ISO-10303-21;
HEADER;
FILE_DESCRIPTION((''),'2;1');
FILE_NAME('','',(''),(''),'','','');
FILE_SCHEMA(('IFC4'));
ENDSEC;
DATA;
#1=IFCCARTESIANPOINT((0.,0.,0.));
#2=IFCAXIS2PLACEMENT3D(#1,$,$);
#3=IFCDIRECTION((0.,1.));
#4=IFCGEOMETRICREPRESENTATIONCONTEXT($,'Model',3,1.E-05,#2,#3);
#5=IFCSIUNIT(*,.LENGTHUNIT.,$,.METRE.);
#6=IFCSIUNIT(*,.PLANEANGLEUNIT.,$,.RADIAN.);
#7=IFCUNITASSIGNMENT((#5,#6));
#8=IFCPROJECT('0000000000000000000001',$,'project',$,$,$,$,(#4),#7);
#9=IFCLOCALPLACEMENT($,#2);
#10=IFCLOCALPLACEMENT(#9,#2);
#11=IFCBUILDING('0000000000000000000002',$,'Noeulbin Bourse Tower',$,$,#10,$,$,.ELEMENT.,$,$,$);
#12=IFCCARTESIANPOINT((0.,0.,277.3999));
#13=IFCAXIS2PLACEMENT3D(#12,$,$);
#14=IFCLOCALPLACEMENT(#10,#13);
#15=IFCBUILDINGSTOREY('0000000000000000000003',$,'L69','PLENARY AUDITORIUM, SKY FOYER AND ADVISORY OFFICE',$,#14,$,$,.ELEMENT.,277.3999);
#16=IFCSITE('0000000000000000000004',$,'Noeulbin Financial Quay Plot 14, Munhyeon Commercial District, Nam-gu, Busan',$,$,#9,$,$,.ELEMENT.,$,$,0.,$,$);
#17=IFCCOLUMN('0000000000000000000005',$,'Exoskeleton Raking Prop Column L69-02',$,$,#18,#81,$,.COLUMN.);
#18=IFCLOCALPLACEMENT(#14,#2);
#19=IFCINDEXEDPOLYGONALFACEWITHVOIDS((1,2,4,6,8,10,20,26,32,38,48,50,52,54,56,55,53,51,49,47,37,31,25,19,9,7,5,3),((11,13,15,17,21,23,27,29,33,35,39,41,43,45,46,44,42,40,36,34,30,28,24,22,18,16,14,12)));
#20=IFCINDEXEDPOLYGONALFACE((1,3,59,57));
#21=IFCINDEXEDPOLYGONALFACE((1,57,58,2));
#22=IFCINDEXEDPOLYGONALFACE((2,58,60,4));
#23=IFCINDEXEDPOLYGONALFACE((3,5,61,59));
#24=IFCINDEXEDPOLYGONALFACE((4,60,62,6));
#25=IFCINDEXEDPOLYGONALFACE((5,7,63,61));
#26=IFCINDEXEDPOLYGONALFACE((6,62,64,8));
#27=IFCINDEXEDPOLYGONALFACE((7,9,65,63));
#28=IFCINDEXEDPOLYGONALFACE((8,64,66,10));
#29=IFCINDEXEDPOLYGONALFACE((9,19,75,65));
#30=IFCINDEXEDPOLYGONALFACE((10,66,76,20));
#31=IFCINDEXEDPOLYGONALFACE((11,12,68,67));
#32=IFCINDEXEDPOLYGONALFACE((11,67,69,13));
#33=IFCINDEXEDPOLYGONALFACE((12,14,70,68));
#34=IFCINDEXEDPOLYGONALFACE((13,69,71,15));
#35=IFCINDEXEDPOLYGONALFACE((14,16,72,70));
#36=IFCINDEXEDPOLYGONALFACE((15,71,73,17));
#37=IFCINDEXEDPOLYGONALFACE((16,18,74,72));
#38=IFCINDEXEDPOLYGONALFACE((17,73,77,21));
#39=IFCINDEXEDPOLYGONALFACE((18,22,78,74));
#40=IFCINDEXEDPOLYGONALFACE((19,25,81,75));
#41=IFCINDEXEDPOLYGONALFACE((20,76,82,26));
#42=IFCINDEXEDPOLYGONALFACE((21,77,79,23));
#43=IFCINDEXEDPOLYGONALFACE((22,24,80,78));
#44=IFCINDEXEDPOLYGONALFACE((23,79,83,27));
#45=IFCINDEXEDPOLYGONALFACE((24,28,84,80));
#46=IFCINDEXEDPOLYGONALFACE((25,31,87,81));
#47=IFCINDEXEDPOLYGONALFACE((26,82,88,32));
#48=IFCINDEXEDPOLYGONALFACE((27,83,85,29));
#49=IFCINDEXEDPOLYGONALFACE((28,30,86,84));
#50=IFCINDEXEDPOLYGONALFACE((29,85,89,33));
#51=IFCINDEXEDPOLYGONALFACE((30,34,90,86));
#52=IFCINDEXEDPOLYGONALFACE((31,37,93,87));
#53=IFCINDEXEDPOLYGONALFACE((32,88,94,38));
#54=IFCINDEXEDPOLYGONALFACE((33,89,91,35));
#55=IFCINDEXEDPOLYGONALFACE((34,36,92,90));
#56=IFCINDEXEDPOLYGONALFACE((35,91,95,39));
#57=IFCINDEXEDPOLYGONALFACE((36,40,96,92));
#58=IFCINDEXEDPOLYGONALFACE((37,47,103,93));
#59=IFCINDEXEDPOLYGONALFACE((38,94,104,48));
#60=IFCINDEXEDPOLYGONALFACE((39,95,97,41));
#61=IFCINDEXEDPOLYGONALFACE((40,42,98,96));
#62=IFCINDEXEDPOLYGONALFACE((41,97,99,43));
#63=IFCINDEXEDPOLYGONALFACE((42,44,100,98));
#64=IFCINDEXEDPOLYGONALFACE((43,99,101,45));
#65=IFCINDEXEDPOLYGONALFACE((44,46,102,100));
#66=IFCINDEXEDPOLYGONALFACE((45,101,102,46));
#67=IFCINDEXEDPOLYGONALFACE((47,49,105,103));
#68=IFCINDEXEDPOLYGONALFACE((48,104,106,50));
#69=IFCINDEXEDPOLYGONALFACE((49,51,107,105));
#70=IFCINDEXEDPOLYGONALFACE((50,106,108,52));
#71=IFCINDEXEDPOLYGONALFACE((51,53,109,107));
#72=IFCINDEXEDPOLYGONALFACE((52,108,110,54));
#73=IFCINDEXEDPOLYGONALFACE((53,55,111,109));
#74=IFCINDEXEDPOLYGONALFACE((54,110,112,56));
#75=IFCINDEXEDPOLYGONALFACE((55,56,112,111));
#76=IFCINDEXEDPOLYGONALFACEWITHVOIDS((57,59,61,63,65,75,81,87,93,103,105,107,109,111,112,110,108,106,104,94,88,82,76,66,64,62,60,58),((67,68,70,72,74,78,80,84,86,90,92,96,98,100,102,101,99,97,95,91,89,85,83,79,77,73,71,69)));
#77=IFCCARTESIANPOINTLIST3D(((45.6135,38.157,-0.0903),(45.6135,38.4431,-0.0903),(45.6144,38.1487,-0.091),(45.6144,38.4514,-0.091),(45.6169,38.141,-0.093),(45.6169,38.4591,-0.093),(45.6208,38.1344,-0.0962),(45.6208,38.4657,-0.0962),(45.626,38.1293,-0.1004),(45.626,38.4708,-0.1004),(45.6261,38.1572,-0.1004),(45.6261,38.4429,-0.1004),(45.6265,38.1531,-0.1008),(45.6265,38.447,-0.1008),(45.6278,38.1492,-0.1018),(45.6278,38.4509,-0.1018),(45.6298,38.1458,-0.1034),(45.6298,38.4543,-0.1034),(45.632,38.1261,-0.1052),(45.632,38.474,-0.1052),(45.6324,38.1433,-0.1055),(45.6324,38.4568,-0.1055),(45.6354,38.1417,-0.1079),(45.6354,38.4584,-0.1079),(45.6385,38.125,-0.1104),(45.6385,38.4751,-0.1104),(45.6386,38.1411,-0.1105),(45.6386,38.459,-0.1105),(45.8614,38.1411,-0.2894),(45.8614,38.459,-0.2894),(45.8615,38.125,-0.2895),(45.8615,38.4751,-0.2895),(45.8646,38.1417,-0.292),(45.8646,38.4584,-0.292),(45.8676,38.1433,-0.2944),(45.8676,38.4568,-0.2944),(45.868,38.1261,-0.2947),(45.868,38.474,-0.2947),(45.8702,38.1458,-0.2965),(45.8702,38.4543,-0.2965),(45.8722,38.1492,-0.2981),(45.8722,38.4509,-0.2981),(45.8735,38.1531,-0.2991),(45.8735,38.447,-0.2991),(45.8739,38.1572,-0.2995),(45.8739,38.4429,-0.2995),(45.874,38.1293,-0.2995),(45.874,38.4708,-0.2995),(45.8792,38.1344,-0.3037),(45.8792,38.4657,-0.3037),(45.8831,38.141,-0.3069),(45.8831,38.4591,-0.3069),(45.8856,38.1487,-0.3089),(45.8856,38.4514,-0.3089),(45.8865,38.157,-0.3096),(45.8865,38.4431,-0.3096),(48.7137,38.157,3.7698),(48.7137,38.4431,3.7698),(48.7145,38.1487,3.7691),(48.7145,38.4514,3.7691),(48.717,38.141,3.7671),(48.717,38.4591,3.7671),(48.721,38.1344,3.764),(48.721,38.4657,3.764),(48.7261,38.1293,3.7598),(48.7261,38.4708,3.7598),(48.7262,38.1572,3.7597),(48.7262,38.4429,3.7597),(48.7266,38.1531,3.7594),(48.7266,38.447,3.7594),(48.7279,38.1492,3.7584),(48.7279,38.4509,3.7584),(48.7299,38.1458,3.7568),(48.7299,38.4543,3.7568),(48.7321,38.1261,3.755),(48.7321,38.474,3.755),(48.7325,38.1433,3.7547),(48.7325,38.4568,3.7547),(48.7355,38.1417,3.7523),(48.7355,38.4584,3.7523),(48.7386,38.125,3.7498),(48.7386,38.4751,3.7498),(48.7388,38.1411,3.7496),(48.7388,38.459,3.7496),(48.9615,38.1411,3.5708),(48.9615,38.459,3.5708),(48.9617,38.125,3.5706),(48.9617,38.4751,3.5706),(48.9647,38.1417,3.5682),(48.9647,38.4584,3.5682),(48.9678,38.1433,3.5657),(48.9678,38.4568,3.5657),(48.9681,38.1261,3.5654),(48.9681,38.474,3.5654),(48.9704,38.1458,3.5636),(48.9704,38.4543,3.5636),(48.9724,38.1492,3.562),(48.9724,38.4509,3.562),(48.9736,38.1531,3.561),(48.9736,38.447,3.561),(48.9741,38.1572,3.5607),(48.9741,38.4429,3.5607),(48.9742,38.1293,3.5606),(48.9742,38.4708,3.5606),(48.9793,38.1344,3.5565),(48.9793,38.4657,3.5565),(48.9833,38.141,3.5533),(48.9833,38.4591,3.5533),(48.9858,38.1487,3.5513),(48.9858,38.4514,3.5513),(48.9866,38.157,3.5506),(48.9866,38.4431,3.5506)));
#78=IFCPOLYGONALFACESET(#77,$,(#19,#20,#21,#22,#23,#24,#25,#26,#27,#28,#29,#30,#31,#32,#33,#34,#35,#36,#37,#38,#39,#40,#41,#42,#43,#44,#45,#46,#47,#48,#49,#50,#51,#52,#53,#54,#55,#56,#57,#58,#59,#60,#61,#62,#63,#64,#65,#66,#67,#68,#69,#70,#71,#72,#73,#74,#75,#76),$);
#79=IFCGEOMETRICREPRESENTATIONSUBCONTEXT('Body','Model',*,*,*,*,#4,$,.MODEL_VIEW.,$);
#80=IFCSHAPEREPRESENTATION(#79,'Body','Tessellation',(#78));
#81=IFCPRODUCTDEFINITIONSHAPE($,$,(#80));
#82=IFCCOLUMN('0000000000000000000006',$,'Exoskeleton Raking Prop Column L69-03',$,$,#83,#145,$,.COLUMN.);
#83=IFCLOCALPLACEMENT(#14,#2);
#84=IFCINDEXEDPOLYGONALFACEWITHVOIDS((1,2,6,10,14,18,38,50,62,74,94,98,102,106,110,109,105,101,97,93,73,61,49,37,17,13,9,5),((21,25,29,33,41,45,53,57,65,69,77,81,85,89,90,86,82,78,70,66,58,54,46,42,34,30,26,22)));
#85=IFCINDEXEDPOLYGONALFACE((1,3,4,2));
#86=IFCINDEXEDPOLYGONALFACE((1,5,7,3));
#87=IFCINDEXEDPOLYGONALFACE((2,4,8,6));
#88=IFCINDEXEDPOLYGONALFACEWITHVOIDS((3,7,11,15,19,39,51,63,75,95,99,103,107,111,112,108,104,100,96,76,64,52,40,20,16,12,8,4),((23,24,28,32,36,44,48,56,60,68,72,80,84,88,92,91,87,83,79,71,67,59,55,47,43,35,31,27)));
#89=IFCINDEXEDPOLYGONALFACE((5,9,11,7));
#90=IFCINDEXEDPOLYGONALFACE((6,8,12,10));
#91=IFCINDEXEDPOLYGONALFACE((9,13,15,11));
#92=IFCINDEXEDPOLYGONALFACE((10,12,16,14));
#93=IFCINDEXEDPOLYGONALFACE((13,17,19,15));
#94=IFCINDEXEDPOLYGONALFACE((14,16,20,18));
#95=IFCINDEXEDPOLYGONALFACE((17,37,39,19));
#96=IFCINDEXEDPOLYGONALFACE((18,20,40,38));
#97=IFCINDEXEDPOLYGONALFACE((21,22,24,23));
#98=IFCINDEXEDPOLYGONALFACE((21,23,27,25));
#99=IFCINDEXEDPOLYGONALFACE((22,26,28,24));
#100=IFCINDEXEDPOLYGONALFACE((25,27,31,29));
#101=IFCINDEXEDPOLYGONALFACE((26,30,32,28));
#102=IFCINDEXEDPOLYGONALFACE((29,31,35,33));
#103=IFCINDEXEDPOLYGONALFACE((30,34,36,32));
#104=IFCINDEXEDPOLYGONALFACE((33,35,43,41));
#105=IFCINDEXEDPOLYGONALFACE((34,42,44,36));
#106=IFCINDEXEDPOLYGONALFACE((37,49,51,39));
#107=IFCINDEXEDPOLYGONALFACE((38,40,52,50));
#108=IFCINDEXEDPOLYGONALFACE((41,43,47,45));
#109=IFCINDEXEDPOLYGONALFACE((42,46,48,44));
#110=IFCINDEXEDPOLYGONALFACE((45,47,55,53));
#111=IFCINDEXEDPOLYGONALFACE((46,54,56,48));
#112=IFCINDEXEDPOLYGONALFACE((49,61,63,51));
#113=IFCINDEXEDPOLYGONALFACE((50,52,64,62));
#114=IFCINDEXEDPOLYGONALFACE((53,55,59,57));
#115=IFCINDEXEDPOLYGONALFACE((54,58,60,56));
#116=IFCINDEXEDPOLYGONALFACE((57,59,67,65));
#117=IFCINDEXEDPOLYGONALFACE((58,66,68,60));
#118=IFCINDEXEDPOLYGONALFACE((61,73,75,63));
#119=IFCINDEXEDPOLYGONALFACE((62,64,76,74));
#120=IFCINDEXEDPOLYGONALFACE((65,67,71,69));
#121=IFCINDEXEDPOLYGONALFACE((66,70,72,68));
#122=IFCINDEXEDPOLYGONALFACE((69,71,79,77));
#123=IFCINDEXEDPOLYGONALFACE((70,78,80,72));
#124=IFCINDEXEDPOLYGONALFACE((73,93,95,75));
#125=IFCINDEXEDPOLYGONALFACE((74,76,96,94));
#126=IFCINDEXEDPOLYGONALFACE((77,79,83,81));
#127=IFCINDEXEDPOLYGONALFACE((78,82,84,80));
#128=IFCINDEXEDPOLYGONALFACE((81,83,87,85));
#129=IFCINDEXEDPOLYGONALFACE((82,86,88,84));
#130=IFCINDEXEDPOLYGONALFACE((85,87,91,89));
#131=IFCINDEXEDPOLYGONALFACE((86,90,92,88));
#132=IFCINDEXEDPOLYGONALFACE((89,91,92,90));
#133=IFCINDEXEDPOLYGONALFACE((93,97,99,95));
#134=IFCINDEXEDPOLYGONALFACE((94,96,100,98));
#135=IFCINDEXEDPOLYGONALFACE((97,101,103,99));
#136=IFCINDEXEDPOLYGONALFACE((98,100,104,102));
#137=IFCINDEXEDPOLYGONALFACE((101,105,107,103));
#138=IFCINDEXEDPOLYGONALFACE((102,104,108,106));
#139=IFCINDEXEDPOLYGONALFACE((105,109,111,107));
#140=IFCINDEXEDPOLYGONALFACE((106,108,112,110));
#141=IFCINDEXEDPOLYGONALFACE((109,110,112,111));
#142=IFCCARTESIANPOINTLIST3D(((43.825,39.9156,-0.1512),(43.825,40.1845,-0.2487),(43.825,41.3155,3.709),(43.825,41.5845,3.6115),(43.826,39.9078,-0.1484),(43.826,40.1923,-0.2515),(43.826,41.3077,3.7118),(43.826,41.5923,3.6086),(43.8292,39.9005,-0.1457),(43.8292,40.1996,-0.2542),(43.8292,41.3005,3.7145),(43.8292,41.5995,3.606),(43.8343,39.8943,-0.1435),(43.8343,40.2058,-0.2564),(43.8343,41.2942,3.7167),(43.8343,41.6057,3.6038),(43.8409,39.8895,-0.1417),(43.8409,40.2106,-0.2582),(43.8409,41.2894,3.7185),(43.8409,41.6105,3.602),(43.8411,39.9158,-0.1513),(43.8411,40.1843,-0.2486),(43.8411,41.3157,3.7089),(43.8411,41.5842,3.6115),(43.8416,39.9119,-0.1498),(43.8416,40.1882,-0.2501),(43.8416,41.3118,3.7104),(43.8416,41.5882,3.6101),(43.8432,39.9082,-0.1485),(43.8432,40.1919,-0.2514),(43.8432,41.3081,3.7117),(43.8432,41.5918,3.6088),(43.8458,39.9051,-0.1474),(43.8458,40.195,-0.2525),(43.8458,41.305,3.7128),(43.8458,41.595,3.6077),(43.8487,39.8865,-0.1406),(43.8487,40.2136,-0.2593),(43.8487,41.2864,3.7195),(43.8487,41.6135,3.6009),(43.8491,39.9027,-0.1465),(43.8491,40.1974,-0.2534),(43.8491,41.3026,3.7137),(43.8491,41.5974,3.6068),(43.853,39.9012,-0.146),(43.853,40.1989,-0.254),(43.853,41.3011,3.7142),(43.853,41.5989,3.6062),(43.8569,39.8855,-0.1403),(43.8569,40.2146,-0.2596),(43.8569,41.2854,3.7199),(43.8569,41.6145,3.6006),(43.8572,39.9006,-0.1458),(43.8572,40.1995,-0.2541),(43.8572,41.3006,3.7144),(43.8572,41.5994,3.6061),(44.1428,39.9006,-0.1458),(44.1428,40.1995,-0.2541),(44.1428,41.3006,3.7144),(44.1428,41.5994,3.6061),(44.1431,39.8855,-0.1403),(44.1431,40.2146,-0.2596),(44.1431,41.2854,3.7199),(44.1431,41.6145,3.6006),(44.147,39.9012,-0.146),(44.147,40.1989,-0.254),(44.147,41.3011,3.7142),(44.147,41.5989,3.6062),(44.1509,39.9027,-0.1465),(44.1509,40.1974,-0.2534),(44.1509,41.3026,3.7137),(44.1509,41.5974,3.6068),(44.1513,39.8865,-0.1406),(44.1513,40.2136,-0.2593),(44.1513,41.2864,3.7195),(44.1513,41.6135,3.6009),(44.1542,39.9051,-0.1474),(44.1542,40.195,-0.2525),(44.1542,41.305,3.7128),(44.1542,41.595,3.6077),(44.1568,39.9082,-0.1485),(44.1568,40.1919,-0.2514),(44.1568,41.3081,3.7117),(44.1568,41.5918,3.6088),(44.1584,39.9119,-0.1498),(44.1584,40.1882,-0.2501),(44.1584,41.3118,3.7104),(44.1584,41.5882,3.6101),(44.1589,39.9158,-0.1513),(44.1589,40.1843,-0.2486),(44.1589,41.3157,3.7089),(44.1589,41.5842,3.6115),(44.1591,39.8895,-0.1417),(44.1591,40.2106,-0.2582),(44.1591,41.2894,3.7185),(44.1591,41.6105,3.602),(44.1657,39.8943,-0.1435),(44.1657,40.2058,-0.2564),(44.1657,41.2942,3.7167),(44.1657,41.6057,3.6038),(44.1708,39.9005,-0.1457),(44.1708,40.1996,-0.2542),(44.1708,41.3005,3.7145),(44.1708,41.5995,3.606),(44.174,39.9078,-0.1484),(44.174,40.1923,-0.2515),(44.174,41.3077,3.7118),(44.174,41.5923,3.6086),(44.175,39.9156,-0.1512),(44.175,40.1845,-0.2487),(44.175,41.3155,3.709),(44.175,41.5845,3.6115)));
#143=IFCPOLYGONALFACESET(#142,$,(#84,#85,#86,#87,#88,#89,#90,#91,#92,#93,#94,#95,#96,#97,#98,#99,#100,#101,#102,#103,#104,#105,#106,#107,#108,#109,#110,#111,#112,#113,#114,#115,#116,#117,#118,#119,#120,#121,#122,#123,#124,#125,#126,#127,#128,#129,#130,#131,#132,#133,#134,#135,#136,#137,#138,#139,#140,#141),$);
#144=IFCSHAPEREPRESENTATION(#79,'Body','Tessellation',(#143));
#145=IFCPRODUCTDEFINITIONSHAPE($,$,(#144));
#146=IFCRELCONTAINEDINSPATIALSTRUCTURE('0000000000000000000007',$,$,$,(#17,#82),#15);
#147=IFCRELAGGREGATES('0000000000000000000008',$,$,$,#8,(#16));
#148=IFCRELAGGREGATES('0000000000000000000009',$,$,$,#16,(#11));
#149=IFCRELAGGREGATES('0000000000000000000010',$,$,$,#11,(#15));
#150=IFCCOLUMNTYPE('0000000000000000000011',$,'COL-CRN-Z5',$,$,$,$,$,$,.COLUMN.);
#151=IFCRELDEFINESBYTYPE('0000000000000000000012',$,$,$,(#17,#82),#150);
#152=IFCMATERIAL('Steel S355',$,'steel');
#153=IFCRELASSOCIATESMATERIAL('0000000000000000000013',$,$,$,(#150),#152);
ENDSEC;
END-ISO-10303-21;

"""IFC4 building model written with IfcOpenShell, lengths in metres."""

from ifc_helpers import new_model, si_unit, direction, frame, origin, origin_2d, place, context, subcontext, project, spatial, hollow_rectangle, extrude, material, material_profile, profile_set, type_object, element, save


model = new_model("IFC4")

# Units and contexts
model_context = context("Model", 3, precision=1e-05, world=origin(), true_north=direction((0.0, 1.0)))
body_context = subcontext(model_context, "Body", "Model", "MODEL_VIEW")
ifc_project = project(units=[si_unit("LENGTHUNIT", "METRE"), si_unit("PLANEANGLEUNIT", "RADIAN")], contexts=[model_context])

# Site, building, storey
site_placement = place(None, origin())
site = spatial("IfcSite", under=ifc_project, at=site_placement, Name="Noeulbin Financial Quay Plot 14, Munhyeon Commercial District, Nam-gu, Busan", CompositionType="ELEMENT", RefElevation=0.0)
building_placement = place(site_placement, origin())
building = spatial("IfcBuilding", under=site, at=building_placement, Name="Noeulbin Bourse Tower", CompositionType="ELEMENT")
storey_placement = place(building_placement, frame((0.0, 0.0, 277.3999)))
storey = spatial("IfcBuildingStorey", under=building, at=storey_placement, Name="L69", Description="PLENARY AUDITORIUM, SKY FOYER AND ADVISORY OFFICE", CompositionType="ELEMENT", Elevation=277.3999)

# Columns
ifc_material_1 = material(Name="Steel S355", Category="steel")
ifc_material_profile_1 = material_profile(ifc_material_1, hollow_rectangle(XDim=0.3501, YDim=0.3501, WallThickness=0.0161, InnerFilletRadius=0.0161, OuterFilletRadius=0.032, at=origin_2d()), Name="SHS-350x350x16", Category="LoadBearing")
ifc_profile_set_1 = profile_set([ifc_material_profile_1], Name="Steel S355")
column_type_1 = type_object("IfcColumnType", Name="COL-CRN-Z5", PredefinedType="COLUMN", material=ifc_profile_set_1)
column_1_placement = place(storey_placement, frame((45.75, 38.3, -0.2), z_axis=(0.626173, 0.0, 0.779684), x_axis=(0.0, 1.0, 0.0)))
element("IfcColumn", 1, at=column_1_placement, inside=storey, type_object=column_type_1, Name="Exoskeleton Raking Prop Column L69-02", PredefinedType="COLUMN", context=body_context, shape_type="SweptSolid", body=[
    extrude(hollow_rectangle(XDim=0.3501, YDim=0.3501, WallThickness=0.0161, InnerFilletRadius=0.0161, OuterFilletRadius=0.032, at=origin_2d()), origin(), (0.0, 0.0, 1.0), 4.9509),
])
column_2_placement = place(storey_placement, frame((44.0, 40.05, -0.2), z_axis=(0.0, 0.340931, 0.940088), x_axis=(-1.0, 0.0, 0.0)))
element("IfcColumn", 2, at=column_2_placement, inside=storey, type_object=column_type_1, Name="Exoskeleton Raking Prop Column L69-03", PredefinedType="COLUMN", context=body_context, shape_type="SweptSolid", body=[
    extrude(hollow_rectangle(XDim=0.3501, YDim=0.3501, WallThickness=0.0161, InnerFilletRadius=0.0161, OuterFilletRadius=0.032, at=origin_2d()), origin(), (0.0, 0.0, 1.0), 4.1062),
])

save(model, "model.ifc")
